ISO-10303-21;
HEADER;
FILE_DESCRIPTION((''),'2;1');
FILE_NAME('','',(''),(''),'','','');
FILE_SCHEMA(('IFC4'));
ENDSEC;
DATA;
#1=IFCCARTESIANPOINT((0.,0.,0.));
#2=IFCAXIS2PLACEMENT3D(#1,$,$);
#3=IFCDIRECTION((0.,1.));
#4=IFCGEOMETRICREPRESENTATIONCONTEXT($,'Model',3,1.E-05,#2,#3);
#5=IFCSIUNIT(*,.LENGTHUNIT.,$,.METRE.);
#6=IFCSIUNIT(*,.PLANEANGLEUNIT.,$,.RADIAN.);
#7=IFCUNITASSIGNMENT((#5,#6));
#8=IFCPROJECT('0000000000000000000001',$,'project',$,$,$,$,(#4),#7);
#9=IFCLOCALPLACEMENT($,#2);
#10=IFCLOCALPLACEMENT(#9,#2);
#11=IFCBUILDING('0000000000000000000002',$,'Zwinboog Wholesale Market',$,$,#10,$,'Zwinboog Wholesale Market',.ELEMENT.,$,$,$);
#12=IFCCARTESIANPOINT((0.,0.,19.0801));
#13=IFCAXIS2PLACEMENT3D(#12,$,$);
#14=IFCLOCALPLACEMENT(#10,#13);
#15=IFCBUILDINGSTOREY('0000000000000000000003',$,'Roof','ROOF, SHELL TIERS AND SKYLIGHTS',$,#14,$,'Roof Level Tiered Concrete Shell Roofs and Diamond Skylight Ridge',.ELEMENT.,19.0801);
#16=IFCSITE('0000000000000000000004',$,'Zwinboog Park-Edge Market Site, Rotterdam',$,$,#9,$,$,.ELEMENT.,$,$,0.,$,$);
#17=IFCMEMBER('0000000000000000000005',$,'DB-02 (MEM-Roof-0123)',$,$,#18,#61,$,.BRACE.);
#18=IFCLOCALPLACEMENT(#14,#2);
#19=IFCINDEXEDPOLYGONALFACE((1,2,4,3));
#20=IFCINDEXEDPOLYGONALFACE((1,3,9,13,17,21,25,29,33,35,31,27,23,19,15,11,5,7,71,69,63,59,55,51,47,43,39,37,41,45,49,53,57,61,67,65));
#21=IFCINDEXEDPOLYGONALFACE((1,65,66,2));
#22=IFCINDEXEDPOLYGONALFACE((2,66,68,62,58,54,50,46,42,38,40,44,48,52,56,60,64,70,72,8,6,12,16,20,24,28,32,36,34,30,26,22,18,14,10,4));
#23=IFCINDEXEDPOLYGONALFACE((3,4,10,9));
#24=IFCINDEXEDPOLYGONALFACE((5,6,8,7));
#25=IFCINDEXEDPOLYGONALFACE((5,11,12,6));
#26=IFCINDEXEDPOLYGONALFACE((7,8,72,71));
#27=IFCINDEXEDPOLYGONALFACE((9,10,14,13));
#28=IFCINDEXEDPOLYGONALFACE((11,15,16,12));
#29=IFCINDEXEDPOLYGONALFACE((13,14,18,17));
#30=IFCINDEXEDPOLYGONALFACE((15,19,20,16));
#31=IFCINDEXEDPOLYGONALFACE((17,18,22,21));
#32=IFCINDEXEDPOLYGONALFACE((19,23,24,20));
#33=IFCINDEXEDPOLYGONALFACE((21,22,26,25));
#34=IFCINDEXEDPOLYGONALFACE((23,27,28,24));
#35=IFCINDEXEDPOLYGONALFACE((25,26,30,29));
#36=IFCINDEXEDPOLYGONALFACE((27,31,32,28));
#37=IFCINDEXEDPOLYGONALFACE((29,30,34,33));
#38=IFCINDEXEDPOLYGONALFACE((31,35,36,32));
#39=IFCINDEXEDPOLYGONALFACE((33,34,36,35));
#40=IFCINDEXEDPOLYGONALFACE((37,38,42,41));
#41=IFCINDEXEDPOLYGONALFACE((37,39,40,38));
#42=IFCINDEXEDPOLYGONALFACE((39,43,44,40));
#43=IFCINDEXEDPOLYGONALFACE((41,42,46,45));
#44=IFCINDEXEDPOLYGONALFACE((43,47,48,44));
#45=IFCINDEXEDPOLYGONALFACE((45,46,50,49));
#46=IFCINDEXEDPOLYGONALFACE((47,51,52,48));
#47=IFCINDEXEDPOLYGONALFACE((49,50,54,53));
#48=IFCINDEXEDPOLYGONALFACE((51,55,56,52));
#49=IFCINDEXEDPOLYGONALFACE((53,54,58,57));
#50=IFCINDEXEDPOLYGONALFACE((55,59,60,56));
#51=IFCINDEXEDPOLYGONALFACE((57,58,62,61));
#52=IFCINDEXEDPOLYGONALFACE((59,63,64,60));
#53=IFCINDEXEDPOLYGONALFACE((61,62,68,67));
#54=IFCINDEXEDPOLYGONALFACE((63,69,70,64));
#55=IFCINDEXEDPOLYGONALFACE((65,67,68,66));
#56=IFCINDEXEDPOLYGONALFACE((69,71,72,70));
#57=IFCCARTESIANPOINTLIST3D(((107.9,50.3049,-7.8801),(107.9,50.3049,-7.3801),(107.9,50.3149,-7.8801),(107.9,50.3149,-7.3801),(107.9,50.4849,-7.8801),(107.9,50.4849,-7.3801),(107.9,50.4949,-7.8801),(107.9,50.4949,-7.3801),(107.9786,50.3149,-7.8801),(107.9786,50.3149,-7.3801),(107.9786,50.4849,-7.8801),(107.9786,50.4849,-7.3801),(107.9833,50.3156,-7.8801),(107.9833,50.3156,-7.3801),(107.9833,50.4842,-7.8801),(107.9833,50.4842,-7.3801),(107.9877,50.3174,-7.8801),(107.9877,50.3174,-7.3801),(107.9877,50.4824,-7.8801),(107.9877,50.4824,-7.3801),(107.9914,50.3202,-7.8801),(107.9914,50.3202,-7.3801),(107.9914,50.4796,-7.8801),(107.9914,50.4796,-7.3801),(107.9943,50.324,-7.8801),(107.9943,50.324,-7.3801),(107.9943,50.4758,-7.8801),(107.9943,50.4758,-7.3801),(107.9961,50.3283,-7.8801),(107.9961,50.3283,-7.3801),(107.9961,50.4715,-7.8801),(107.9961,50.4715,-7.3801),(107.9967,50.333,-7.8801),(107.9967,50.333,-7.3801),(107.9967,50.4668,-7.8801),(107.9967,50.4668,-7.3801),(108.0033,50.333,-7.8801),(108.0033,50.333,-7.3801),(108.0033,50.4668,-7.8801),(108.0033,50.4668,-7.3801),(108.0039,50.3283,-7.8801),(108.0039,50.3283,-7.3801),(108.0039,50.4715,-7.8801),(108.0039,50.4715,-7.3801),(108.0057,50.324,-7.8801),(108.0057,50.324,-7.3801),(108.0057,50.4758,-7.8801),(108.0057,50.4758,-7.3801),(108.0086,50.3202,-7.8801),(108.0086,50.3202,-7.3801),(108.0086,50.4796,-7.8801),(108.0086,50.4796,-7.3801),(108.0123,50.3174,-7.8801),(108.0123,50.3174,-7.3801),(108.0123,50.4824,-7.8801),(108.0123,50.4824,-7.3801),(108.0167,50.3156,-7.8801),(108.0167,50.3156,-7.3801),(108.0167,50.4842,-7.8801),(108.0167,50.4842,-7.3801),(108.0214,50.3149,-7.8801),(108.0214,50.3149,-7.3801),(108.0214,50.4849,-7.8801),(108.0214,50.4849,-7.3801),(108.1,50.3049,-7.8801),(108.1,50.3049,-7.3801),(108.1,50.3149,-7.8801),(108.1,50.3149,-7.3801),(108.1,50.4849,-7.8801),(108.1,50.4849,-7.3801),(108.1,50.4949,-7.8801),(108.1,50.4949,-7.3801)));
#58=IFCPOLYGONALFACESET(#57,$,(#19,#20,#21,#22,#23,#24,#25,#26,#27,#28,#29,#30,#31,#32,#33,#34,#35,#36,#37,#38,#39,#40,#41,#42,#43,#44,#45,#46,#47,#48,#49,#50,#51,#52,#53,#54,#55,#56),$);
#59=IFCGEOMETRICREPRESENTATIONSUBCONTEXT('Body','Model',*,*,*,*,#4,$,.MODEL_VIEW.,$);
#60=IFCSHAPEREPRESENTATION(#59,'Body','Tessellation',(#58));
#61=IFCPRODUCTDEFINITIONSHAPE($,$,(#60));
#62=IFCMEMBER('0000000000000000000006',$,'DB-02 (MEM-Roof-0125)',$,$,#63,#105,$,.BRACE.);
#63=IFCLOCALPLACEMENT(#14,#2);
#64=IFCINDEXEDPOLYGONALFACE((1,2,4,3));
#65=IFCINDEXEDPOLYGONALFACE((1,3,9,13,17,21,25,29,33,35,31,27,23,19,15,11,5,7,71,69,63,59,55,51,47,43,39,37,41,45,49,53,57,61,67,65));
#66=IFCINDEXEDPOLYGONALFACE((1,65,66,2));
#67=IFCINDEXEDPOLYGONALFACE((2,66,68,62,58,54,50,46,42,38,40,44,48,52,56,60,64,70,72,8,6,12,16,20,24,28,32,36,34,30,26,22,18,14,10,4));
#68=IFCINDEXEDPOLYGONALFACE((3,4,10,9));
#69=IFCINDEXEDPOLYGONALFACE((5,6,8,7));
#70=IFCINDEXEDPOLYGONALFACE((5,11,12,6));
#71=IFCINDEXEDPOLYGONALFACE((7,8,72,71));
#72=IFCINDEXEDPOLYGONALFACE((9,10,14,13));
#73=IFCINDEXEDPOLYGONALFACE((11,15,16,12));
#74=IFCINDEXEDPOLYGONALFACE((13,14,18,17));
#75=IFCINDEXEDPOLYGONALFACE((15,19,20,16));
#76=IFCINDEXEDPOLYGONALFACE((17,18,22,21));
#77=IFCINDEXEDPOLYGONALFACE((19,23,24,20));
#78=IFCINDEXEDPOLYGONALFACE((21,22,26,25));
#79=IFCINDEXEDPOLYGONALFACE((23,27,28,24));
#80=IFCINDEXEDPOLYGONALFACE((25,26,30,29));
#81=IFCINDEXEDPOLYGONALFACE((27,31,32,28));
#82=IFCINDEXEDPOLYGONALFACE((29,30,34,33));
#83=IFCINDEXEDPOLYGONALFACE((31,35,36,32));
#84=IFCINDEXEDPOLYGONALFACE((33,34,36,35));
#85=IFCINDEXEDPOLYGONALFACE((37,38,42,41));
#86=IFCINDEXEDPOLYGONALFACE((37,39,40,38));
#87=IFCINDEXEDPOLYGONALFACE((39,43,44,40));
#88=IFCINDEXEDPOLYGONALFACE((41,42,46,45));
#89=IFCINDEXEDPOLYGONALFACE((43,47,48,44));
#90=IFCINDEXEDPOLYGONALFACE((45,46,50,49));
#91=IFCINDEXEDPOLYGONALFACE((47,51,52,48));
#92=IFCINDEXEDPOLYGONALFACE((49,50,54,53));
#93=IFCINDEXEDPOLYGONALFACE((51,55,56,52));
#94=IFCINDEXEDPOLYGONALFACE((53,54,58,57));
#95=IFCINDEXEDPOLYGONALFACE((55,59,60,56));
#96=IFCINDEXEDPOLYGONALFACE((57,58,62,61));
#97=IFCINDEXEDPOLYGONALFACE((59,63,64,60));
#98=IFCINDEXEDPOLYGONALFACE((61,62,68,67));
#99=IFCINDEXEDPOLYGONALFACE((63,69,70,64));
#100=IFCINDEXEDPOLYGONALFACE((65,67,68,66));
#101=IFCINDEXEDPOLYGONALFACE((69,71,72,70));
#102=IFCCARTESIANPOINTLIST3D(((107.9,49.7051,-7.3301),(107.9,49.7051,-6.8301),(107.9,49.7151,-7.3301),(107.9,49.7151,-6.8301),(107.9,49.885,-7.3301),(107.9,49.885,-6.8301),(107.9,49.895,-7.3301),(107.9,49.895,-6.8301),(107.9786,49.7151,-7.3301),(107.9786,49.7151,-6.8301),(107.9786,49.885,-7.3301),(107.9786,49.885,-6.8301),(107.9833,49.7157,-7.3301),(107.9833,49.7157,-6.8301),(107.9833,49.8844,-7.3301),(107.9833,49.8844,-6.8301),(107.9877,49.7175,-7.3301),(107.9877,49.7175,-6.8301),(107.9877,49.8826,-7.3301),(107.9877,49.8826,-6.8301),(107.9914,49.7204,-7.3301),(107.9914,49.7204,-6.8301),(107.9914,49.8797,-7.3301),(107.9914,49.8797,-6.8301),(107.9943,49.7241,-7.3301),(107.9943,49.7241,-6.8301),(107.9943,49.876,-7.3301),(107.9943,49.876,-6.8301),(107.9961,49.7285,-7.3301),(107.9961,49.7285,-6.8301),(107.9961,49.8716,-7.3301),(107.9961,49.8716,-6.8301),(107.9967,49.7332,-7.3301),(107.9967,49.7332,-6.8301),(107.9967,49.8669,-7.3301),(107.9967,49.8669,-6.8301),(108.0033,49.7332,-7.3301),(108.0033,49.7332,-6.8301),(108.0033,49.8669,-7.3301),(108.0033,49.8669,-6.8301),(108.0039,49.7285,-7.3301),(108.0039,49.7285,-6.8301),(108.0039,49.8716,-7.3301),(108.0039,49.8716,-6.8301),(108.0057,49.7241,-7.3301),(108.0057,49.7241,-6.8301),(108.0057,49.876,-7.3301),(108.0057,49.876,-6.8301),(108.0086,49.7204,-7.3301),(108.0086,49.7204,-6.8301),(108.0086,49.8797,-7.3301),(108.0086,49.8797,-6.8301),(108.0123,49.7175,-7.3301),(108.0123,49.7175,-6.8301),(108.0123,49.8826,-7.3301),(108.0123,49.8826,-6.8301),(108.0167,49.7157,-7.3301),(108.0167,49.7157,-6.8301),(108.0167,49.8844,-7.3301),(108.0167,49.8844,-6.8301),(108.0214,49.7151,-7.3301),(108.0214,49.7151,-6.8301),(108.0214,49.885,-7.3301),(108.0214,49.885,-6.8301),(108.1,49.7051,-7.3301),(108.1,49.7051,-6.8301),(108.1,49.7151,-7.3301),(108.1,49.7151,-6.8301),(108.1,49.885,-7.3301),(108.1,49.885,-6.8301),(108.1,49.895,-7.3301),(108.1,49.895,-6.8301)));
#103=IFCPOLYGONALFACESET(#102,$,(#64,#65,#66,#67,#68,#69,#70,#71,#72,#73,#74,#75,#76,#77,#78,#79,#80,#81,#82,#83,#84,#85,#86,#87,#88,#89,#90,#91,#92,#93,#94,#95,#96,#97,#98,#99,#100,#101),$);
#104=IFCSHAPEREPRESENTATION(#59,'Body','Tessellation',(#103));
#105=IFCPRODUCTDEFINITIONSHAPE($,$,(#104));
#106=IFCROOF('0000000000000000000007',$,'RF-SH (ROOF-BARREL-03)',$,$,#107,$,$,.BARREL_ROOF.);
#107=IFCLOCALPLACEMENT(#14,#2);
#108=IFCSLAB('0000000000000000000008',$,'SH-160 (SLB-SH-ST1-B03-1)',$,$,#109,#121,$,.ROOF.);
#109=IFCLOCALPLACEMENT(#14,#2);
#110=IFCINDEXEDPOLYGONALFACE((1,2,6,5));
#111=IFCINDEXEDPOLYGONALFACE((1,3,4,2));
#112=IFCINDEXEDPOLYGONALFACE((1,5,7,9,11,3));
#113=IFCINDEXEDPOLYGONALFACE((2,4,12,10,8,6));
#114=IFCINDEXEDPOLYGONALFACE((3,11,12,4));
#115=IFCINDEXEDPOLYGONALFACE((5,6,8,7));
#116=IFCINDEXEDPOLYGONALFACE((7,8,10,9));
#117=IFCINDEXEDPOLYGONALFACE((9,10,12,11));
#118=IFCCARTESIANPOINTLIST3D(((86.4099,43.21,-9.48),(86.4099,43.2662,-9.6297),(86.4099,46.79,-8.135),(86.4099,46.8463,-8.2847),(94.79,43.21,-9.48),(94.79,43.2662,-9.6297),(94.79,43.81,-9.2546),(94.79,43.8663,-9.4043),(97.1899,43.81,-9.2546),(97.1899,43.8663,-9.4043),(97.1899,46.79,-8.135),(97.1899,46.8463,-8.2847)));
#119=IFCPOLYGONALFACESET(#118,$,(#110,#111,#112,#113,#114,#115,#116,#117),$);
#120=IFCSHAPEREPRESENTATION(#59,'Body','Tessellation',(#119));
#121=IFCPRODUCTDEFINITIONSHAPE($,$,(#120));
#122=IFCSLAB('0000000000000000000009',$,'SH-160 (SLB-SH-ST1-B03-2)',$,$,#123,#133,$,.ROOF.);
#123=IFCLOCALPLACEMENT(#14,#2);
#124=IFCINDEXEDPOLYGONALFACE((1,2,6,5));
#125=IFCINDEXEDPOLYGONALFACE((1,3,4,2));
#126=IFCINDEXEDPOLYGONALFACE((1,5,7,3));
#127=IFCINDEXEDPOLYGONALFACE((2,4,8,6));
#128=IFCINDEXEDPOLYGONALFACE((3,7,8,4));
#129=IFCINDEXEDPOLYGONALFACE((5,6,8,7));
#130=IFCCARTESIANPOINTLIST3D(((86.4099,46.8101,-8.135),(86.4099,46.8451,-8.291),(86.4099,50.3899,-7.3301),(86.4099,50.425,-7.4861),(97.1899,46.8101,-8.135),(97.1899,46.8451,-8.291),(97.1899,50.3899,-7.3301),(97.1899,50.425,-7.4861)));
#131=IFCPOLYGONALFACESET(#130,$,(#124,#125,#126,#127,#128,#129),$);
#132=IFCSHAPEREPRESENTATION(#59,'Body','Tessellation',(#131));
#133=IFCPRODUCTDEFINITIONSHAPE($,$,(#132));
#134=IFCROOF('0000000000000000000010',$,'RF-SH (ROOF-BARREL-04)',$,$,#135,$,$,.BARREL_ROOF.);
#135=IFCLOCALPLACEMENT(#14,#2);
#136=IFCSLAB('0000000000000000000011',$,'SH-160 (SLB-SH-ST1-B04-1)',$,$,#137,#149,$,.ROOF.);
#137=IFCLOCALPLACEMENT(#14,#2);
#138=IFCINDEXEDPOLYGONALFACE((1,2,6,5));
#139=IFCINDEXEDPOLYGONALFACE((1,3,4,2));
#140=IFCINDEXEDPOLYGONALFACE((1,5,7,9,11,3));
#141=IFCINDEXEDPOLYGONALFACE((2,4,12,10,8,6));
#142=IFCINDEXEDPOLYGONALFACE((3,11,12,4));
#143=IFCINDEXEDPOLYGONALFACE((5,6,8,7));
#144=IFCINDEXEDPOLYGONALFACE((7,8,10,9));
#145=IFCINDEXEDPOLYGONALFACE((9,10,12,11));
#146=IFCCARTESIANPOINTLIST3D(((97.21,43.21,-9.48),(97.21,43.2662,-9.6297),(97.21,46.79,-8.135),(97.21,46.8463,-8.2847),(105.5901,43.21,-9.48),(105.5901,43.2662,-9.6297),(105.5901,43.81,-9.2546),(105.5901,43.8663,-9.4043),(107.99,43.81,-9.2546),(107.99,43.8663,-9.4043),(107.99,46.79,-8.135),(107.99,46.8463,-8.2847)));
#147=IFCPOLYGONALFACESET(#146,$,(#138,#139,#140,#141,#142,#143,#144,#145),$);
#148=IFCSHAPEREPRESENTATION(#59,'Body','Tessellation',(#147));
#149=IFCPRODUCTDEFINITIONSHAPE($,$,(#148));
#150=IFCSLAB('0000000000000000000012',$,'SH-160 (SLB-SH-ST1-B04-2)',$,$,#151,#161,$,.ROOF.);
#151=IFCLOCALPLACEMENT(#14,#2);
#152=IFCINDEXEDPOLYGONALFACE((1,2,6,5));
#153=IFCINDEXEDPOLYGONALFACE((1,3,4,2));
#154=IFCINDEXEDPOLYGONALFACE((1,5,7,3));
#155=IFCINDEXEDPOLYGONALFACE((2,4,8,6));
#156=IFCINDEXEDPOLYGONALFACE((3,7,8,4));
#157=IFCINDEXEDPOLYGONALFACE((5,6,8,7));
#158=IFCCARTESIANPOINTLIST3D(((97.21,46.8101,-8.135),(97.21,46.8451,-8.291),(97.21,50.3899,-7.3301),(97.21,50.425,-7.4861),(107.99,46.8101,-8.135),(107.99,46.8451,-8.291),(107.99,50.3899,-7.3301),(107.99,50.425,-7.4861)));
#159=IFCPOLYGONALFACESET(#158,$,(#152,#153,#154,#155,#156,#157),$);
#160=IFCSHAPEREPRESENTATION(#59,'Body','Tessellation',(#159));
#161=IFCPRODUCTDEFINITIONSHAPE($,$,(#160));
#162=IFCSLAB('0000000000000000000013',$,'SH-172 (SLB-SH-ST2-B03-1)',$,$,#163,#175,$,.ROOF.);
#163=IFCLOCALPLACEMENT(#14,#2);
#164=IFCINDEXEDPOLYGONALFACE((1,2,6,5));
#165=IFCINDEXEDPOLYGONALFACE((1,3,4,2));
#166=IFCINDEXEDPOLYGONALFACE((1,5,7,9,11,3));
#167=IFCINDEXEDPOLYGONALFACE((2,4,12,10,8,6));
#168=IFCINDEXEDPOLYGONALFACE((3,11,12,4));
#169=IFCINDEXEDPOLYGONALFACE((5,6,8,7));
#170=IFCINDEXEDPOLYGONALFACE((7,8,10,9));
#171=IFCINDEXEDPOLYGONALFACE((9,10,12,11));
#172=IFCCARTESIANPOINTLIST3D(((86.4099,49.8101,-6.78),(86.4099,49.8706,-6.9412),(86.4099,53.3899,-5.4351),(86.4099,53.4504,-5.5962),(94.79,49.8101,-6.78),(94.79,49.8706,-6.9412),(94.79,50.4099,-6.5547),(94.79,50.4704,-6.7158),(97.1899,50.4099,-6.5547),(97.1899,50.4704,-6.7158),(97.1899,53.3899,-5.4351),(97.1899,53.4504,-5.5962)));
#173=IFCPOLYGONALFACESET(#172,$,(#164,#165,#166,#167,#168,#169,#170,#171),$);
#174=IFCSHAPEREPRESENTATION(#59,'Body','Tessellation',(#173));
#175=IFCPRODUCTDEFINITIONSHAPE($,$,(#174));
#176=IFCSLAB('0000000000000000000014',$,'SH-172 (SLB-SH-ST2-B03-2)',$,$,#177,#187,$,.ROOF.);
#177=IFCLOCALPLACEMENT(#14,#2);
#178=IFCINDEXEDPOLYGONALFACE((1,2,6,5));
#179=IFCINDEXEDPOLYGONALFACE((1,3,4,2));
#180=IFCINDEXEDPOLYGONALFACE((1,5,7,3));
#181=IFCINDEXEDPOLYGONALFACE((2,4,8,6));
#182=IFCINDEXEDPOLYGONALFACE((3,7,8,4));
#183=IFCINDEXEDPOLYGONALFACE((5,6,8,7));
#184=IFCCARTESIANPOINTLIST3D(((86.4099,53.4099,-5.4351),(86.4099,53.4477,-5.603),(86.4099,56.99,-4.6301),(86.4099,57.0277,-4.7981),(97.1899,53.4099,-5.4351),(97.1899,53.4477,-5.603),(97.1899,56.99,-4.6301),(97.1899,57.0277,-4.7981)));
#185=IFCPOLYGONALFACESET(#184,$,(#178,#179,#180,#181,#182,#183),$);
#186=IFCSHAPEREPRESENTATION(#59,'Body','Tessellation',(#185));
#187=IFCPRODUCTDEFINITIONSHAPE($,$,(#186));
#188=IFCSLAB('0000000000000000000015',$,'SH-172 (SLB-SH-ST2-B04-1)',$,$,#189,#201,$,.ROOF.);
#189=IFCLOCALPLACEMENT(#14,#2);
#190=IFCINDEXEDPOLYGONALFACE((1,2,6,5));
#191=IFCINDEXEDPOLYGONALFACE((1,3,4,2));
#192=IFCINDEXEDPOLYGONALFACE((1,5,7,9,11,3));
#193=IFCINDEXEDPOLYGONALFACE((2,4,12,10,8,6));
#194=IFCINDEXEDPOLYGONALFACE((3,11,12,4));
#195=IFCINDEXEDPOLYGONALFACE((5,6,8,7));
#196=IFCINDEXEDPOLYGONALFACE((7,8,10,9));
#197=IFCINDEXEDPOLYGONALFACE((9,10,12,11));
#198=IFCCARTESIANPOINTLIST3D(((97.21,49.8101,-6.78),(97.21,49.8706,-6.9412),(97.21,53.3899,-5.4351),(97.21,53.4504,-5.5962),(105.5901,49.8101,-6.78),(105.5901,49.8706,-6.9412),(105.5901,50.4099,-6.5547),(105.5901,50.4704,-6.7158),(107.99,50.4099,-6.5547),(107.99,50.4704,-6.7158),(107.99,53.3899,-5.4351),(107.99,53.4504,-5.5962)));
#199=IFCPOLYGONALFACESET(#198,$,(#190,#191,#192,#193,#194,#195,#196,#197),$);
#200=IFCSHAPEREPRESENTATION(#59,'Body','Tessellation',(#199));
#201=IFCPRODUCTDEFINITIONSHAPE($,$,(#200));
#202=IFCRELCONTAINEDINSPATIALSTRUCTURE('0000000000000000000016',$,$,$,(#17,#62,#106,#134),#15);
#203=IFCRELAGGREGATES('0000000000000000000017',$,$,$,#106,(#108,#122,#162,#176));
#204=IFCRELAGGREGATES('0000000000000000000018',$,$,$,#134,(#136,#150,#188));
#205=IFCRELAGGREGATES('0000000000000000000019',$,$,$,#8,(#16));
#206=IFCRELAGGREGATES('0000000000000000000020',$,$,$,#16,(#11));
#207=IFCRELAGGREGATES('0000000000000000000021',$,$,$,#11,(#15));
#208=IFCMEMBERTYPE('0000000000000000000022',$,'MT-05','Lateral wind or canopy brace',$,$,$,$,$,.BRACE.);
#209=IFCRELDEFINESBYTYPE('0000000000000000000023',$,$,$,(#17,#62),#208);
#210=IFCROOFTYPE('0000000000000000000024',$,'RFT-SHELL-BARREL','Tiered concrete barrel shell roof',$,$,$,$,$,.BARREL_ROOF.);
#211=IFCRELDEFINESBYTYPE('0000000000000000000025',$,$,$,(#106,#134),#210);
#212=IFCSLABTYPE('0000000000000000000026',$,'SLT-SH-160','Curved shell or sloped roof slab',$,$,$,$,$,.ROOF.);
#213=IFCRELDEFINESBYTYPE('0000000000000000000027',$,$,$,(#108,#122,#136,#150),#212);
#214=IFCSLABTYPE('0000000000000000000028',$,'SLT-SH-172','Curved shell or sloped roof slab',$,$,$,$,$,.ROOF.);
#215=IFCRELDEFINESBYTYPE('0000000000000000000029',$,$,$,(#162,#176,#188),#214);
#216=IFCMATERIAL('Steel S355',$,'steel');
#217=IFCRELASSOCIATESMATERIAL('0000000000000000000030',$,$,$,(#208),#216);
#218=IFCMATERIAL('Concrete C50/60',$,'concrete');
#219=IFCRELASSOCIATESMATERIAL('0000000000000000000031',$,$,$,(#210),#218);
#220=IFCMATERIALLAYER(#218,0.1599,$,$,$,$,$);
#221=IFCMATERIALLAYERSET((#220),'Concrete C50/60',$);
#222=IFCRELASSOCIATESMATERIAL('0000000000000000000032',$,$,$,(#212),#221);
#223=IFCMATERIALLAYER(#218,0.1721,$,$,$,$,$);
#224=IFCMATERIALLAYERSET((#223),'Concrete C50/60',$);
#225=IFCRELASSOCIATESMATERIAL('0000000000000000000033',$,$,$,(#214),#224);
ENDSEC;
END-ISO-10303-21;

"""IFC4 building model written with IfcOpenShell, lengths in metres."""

from ifc_helpers import new_model, si_unit, direction, frame, origin, origin_2d, place, context, subcontext, project, spatial, polyline, i_section, outline, extrude, material, layer, layer_set, material_profile, profile_set, type_object, element, aggregate, save


model = new_model("IFC4")

# Units and contexts
model_context = context("Model", 3, precision=1e-05, world=origin(), true_north=direction((0.0, 1.0)))
body_context = subcontext(model_context, "Body", "Model", "MODEL_VIEW")
ifc_project = project(units=[si_unit("LENGTHUNIT", "METRE"), si_unit("PLANEANGLEUNIT", "RADIAN")], contexts=[model_context])

# Site, building, storey
site_placement = place(None, origin())
site = spatial("IfcSite", under=ifc_project, at=site_placement, Name="Zwinboog Park-Edge Market Site, Rotterdam", CompositionType="ELEMENT", RefElevation=0.0)
building_placement = place(site_placement, origin())
building = spatial("IfcBuilding", under=site, at=building_placement, Name="Zwinboog Wholesale Market", LongName="Zwinboog Wholesale Market", CompositionType="ELEMENT")
storey_placement = place(building_placement, frame((0.0, 0.0, 19.0801)))
storey = spatial("IfcBuildingStorey", under=building, at=storey_placement, Name="Roof", Description="ROOF, SHELL TIERS AND SKYLIGHTS", LongName="Roof Level Tiered Concrete Shell Roofs and Diamond Skylight Ridge", CompositionType="ELEMENT", Elevation=19.0801)

# Members
ifc_material_1 = material(Name="Steel S355", Category="steel")
ifc_material_profile_1 = material_profile(ifc_material_1, i_section(OverallWidth=0.2, OverallDepth=0.1899, WebThickness=0.0066, FlangeThickness=0.01, FilletRadius=0.0181, at=origin_2d()), Name="HEA 200")
ifc_profile_set_1 = profile_set([ifc_material_profile_1], Name="Steel S355")
member_type_1 = type_object("IfcMemberType", Name="MT-05", Description="Lateral wind or canopy brace", PredefinedType="BRACE", material=ifc_profile_set_1)
for number, where, z_axis, x_axis, name in (
    (1, (108.0, 50.3999, -7.8801), (0.0, 0.0, 1.0), (1.0, 0.0, 0.0), "DB-02 (MEM-Roof-0123)"),
    (2, (108.0, 49.8, -7.3301), (0.0, 0.0, 1.0), (1.0, 0.0, 0.0), "DB-02 (MEM-Roof-0125)"),
):
    element("IfcMember", number, at=place(storey_placement, frame(where, z_axis=z_axis, x_axis=x_axis)), inside=storey, type_object=member_type_1, Name=name, PredefinedType="BRACE", context=body_context, shape_type="SweptSolid", body=[
        extrude(i_section(OverallWidth=0.2, OverallDepth=0.1899, WebThickness=0.0066, FlangeThickness=0.01, FilletRadius=0.0181, at=origin_2d()), origin(), (0.0, 0.0, 1.0), 0.5),
    ])

# Roofs, slabs
ifc_material_2 = material(Name="Concrete C50/60", Category="concrete")
roof_type = type_object("IfcRoofType", Name="RFT-SHELL-BARREL", Description="Tiered concrete barrel shell roof", PredefinedType="BARREL_ROOF", material=ifc_material_2)
roof_1_placement = place(storey_placement, origin())
roof_1 = element("IfcRoof", 3, at=roof_1_placement, inside=storey, type_object=roof_type, Name="RF-SH (ROOF-BARREL-03)", PredefinedType="BARREL_ROOF")
ifc_layer_1 = layer(ifc_material_2, 0.1599)
ifc_layer_set_1 = layer_set([ifc_layer_1], Name="Concrete C50/60")
slab_type_1 = type_object("IfcSlabType", Name="SLT-SH-160", Description="Curved shell or sloped roof slab", PredefinedType="ROOF", material=ifc_layer_set_1)
slab_1_placement = place(storey_placement, frame((86.4099, 43.21, -9.48), z_axis=(0.000005, -0.351689, 0.936117), x_axis=(1.0, 0.000002, -0.000004)))
slab_1 = element("IfcSlab", 4, at=slab_1_placement, type_object=slab_type_1, Name="SH-160 (SLB-SH-ST1-B03-1)", PredefinedType="ROOF", context=body_context, shape_type="SweptSolid", body=[
    extrude(outline(polyline([(0.0, 0.0), (8.3801, 0.0), (8.3801, 0.641), (10.78, 0.641), (10.78, 3.8244), (0.0, 3.8244), (0.0, 0.0)])), origin(), (0.0, 0.0, -1.0), 0.1599),
])
slab_2_placement = place(storey_placement, frame((86.4099, 46.8101, -8.135), z_axis=(0.0, -0.219374, 0.975641), x_axis=(1.0, 0.0, 0.0)))
slab_2 = element("IfcSlab", 5, at=slab_2_placement, type_object=slab_type_1, Name="SH-160 (SLB-SH-ST1-B03-2)", PredefinedType="ROOF", context=body_context, shape_type="SweptSolid", body=[
    extrude(outline(polyline([(0.0, 0.0), (10.78, 0.0), (10.78, 3.6692), (0.0, 3.6692), (0.0, 0.0)])), origin(), (0.0, 0.0, -1.0), 0.1599),
])
roof_2_placement = place(storey_placement, origin())
roof_2 = element("IfcRoof", 6, at=roof_2_placement, inside=storey, type_object=roof_type, Name="RF-SH (ROOF-BARREL-04)", PredefinedType="BARREL_ROOF")
slab_3_placement = place(storey_placement, frame((97.21, 43.21, -9.48), z_axis=(0.000005, -0.351689, 0.936117), x_axis=(1.0, 0.000002, -0.000004)))
slab_3 = element("IfcSlab", 7, at=slab_3_placement, type_object=slab_type_1, Name="SH-160 (SLB-SH-ST1-B04-1)", PredefinedType="ROOF", context=body_context, shape_type="SweptSolid", body=[
    extrude(outline(polyline([(0.0, 0.0), (8.3801, 0.0), (8.3801, 0.641), (10.78, 0.641), (10.78, 3.8244), (0.0, 3.8244), (0.0, 0.0)])), origin(), (0.0, 0.0, -1.0), 0.1599),
])
slab_4_placement = place(storey_placement, frame((97.21, 46.8101, -8.135), z_axis=(0.0, -0.219374, 0.975641), x_axis=(1.0, 0.0, 0.0)))
slab_4 = element("IfcSlab", 8, at=slab_4_placement, type_object=slab_type_1, Name="SH-160 (SLB-SH-ST1-B04-2)", PredefinedType="ROOF", context=body_context, shape_type="SweptSolid", body=[
    extrude(outline(polyline([(0.0, 0.0), (10.78, 0.0), (10.78, 3.6692), (0.0, 3.6692), (0.0, 0.0)])), origin(), (0.0, 0.0, -1.0), 0.1599),
])

# Slabs
ifc_layer_2 = layer(ifc_material_2, 0.1721)
ifc_layer_set_2 = layer_set([ifc_layer_2], Name="Concrete C50/60")
slab_type_2 = type_object("IfcSlabType", Name="SLT-SH-172", Description="Curved shell or sloped roof slab", PredefinedType="ROOF", material=ifc_layer_set_2)
slab_5_placement = place(storey_placement, frame((86.4099, 49.8101, -6.78), z_axis=(0.000001, -0.351706, 0.936111), x_axis=(1.0, 0.0, -0.000001)))
slab_5 = element("IfcSlab", 9, at=slab_5_placement, type_object=slab_type_2, Name="SH-172 (SLB-SH-ST2-B03-1)", PredefinedType="ROOF", context=body_context, shape_type="SweptSolid", body=[
    extrude(outline(polyline([(0.0, 0.0), (8.3801, 0.0), (8.3801, 0.6408), (10.78, 0.6408), (10.78, 3.8242), (0.0, 3.8242), (0.0, 0.0)])), origin(), (0.0, 0.0, -1.0), 0.1721),
])
slab_6_placement = place(storey_placement, frame((86.4099, 53.4099, -5.4351), z_axis=(0.0, -0.21936, 0.975644), x_axis=(1.0, 0.0, 0.0)))
slab_6 = element("IfcSlab", 10, at=slab_6_placement, type_object=slab_type_2, Name="SH-172 (SLB-SH-ST2-B03-2)", PredefinedType="ROOF", context=body_context, shape_type="SweptSolid", body=[
    extrude(outline(polyline([(0.0, 0.0), (10.78, 0.0), (10.78, 3.6695), (0.0, 3.6695), (0.0, 0.0)])), origin(), (0.0, 0.0, -1.0), 0.1721),
])
aggregate(roof_1, [slab_1, slab_2, slab_5, slab_6])
slab_7_placement = place(storey_placement, frame((97.21, 49.8101, -6.78), z_axis=(0.000001, -0.351706, 0.936111), x_axis=(1.0, 0.0, -0.000001)))
slab_7 = element("IfcSlab", 11, at=slab_7_placement, type_object=slab_type_2, Name="SH-172 (SLB-SH-ST2-B04-1)", PredefinedType="ROOF", context=body_context, shape_type="SweptSolid", body=[
    extrude(outline(polyline([(0.0, 0.0), (8.3801, 0.0), (8.3801, 0.6408), (10.78, 0.6408), (10.78, 3.8242), (0.0, 3.8242), (0.0, 0.0)])), origin(), (0.0, 0.0, -1.0), 0.1721),
])
aggregate(roof_2, [slab_3, slab_4, slab_7])

save(model, "model.ifc")
